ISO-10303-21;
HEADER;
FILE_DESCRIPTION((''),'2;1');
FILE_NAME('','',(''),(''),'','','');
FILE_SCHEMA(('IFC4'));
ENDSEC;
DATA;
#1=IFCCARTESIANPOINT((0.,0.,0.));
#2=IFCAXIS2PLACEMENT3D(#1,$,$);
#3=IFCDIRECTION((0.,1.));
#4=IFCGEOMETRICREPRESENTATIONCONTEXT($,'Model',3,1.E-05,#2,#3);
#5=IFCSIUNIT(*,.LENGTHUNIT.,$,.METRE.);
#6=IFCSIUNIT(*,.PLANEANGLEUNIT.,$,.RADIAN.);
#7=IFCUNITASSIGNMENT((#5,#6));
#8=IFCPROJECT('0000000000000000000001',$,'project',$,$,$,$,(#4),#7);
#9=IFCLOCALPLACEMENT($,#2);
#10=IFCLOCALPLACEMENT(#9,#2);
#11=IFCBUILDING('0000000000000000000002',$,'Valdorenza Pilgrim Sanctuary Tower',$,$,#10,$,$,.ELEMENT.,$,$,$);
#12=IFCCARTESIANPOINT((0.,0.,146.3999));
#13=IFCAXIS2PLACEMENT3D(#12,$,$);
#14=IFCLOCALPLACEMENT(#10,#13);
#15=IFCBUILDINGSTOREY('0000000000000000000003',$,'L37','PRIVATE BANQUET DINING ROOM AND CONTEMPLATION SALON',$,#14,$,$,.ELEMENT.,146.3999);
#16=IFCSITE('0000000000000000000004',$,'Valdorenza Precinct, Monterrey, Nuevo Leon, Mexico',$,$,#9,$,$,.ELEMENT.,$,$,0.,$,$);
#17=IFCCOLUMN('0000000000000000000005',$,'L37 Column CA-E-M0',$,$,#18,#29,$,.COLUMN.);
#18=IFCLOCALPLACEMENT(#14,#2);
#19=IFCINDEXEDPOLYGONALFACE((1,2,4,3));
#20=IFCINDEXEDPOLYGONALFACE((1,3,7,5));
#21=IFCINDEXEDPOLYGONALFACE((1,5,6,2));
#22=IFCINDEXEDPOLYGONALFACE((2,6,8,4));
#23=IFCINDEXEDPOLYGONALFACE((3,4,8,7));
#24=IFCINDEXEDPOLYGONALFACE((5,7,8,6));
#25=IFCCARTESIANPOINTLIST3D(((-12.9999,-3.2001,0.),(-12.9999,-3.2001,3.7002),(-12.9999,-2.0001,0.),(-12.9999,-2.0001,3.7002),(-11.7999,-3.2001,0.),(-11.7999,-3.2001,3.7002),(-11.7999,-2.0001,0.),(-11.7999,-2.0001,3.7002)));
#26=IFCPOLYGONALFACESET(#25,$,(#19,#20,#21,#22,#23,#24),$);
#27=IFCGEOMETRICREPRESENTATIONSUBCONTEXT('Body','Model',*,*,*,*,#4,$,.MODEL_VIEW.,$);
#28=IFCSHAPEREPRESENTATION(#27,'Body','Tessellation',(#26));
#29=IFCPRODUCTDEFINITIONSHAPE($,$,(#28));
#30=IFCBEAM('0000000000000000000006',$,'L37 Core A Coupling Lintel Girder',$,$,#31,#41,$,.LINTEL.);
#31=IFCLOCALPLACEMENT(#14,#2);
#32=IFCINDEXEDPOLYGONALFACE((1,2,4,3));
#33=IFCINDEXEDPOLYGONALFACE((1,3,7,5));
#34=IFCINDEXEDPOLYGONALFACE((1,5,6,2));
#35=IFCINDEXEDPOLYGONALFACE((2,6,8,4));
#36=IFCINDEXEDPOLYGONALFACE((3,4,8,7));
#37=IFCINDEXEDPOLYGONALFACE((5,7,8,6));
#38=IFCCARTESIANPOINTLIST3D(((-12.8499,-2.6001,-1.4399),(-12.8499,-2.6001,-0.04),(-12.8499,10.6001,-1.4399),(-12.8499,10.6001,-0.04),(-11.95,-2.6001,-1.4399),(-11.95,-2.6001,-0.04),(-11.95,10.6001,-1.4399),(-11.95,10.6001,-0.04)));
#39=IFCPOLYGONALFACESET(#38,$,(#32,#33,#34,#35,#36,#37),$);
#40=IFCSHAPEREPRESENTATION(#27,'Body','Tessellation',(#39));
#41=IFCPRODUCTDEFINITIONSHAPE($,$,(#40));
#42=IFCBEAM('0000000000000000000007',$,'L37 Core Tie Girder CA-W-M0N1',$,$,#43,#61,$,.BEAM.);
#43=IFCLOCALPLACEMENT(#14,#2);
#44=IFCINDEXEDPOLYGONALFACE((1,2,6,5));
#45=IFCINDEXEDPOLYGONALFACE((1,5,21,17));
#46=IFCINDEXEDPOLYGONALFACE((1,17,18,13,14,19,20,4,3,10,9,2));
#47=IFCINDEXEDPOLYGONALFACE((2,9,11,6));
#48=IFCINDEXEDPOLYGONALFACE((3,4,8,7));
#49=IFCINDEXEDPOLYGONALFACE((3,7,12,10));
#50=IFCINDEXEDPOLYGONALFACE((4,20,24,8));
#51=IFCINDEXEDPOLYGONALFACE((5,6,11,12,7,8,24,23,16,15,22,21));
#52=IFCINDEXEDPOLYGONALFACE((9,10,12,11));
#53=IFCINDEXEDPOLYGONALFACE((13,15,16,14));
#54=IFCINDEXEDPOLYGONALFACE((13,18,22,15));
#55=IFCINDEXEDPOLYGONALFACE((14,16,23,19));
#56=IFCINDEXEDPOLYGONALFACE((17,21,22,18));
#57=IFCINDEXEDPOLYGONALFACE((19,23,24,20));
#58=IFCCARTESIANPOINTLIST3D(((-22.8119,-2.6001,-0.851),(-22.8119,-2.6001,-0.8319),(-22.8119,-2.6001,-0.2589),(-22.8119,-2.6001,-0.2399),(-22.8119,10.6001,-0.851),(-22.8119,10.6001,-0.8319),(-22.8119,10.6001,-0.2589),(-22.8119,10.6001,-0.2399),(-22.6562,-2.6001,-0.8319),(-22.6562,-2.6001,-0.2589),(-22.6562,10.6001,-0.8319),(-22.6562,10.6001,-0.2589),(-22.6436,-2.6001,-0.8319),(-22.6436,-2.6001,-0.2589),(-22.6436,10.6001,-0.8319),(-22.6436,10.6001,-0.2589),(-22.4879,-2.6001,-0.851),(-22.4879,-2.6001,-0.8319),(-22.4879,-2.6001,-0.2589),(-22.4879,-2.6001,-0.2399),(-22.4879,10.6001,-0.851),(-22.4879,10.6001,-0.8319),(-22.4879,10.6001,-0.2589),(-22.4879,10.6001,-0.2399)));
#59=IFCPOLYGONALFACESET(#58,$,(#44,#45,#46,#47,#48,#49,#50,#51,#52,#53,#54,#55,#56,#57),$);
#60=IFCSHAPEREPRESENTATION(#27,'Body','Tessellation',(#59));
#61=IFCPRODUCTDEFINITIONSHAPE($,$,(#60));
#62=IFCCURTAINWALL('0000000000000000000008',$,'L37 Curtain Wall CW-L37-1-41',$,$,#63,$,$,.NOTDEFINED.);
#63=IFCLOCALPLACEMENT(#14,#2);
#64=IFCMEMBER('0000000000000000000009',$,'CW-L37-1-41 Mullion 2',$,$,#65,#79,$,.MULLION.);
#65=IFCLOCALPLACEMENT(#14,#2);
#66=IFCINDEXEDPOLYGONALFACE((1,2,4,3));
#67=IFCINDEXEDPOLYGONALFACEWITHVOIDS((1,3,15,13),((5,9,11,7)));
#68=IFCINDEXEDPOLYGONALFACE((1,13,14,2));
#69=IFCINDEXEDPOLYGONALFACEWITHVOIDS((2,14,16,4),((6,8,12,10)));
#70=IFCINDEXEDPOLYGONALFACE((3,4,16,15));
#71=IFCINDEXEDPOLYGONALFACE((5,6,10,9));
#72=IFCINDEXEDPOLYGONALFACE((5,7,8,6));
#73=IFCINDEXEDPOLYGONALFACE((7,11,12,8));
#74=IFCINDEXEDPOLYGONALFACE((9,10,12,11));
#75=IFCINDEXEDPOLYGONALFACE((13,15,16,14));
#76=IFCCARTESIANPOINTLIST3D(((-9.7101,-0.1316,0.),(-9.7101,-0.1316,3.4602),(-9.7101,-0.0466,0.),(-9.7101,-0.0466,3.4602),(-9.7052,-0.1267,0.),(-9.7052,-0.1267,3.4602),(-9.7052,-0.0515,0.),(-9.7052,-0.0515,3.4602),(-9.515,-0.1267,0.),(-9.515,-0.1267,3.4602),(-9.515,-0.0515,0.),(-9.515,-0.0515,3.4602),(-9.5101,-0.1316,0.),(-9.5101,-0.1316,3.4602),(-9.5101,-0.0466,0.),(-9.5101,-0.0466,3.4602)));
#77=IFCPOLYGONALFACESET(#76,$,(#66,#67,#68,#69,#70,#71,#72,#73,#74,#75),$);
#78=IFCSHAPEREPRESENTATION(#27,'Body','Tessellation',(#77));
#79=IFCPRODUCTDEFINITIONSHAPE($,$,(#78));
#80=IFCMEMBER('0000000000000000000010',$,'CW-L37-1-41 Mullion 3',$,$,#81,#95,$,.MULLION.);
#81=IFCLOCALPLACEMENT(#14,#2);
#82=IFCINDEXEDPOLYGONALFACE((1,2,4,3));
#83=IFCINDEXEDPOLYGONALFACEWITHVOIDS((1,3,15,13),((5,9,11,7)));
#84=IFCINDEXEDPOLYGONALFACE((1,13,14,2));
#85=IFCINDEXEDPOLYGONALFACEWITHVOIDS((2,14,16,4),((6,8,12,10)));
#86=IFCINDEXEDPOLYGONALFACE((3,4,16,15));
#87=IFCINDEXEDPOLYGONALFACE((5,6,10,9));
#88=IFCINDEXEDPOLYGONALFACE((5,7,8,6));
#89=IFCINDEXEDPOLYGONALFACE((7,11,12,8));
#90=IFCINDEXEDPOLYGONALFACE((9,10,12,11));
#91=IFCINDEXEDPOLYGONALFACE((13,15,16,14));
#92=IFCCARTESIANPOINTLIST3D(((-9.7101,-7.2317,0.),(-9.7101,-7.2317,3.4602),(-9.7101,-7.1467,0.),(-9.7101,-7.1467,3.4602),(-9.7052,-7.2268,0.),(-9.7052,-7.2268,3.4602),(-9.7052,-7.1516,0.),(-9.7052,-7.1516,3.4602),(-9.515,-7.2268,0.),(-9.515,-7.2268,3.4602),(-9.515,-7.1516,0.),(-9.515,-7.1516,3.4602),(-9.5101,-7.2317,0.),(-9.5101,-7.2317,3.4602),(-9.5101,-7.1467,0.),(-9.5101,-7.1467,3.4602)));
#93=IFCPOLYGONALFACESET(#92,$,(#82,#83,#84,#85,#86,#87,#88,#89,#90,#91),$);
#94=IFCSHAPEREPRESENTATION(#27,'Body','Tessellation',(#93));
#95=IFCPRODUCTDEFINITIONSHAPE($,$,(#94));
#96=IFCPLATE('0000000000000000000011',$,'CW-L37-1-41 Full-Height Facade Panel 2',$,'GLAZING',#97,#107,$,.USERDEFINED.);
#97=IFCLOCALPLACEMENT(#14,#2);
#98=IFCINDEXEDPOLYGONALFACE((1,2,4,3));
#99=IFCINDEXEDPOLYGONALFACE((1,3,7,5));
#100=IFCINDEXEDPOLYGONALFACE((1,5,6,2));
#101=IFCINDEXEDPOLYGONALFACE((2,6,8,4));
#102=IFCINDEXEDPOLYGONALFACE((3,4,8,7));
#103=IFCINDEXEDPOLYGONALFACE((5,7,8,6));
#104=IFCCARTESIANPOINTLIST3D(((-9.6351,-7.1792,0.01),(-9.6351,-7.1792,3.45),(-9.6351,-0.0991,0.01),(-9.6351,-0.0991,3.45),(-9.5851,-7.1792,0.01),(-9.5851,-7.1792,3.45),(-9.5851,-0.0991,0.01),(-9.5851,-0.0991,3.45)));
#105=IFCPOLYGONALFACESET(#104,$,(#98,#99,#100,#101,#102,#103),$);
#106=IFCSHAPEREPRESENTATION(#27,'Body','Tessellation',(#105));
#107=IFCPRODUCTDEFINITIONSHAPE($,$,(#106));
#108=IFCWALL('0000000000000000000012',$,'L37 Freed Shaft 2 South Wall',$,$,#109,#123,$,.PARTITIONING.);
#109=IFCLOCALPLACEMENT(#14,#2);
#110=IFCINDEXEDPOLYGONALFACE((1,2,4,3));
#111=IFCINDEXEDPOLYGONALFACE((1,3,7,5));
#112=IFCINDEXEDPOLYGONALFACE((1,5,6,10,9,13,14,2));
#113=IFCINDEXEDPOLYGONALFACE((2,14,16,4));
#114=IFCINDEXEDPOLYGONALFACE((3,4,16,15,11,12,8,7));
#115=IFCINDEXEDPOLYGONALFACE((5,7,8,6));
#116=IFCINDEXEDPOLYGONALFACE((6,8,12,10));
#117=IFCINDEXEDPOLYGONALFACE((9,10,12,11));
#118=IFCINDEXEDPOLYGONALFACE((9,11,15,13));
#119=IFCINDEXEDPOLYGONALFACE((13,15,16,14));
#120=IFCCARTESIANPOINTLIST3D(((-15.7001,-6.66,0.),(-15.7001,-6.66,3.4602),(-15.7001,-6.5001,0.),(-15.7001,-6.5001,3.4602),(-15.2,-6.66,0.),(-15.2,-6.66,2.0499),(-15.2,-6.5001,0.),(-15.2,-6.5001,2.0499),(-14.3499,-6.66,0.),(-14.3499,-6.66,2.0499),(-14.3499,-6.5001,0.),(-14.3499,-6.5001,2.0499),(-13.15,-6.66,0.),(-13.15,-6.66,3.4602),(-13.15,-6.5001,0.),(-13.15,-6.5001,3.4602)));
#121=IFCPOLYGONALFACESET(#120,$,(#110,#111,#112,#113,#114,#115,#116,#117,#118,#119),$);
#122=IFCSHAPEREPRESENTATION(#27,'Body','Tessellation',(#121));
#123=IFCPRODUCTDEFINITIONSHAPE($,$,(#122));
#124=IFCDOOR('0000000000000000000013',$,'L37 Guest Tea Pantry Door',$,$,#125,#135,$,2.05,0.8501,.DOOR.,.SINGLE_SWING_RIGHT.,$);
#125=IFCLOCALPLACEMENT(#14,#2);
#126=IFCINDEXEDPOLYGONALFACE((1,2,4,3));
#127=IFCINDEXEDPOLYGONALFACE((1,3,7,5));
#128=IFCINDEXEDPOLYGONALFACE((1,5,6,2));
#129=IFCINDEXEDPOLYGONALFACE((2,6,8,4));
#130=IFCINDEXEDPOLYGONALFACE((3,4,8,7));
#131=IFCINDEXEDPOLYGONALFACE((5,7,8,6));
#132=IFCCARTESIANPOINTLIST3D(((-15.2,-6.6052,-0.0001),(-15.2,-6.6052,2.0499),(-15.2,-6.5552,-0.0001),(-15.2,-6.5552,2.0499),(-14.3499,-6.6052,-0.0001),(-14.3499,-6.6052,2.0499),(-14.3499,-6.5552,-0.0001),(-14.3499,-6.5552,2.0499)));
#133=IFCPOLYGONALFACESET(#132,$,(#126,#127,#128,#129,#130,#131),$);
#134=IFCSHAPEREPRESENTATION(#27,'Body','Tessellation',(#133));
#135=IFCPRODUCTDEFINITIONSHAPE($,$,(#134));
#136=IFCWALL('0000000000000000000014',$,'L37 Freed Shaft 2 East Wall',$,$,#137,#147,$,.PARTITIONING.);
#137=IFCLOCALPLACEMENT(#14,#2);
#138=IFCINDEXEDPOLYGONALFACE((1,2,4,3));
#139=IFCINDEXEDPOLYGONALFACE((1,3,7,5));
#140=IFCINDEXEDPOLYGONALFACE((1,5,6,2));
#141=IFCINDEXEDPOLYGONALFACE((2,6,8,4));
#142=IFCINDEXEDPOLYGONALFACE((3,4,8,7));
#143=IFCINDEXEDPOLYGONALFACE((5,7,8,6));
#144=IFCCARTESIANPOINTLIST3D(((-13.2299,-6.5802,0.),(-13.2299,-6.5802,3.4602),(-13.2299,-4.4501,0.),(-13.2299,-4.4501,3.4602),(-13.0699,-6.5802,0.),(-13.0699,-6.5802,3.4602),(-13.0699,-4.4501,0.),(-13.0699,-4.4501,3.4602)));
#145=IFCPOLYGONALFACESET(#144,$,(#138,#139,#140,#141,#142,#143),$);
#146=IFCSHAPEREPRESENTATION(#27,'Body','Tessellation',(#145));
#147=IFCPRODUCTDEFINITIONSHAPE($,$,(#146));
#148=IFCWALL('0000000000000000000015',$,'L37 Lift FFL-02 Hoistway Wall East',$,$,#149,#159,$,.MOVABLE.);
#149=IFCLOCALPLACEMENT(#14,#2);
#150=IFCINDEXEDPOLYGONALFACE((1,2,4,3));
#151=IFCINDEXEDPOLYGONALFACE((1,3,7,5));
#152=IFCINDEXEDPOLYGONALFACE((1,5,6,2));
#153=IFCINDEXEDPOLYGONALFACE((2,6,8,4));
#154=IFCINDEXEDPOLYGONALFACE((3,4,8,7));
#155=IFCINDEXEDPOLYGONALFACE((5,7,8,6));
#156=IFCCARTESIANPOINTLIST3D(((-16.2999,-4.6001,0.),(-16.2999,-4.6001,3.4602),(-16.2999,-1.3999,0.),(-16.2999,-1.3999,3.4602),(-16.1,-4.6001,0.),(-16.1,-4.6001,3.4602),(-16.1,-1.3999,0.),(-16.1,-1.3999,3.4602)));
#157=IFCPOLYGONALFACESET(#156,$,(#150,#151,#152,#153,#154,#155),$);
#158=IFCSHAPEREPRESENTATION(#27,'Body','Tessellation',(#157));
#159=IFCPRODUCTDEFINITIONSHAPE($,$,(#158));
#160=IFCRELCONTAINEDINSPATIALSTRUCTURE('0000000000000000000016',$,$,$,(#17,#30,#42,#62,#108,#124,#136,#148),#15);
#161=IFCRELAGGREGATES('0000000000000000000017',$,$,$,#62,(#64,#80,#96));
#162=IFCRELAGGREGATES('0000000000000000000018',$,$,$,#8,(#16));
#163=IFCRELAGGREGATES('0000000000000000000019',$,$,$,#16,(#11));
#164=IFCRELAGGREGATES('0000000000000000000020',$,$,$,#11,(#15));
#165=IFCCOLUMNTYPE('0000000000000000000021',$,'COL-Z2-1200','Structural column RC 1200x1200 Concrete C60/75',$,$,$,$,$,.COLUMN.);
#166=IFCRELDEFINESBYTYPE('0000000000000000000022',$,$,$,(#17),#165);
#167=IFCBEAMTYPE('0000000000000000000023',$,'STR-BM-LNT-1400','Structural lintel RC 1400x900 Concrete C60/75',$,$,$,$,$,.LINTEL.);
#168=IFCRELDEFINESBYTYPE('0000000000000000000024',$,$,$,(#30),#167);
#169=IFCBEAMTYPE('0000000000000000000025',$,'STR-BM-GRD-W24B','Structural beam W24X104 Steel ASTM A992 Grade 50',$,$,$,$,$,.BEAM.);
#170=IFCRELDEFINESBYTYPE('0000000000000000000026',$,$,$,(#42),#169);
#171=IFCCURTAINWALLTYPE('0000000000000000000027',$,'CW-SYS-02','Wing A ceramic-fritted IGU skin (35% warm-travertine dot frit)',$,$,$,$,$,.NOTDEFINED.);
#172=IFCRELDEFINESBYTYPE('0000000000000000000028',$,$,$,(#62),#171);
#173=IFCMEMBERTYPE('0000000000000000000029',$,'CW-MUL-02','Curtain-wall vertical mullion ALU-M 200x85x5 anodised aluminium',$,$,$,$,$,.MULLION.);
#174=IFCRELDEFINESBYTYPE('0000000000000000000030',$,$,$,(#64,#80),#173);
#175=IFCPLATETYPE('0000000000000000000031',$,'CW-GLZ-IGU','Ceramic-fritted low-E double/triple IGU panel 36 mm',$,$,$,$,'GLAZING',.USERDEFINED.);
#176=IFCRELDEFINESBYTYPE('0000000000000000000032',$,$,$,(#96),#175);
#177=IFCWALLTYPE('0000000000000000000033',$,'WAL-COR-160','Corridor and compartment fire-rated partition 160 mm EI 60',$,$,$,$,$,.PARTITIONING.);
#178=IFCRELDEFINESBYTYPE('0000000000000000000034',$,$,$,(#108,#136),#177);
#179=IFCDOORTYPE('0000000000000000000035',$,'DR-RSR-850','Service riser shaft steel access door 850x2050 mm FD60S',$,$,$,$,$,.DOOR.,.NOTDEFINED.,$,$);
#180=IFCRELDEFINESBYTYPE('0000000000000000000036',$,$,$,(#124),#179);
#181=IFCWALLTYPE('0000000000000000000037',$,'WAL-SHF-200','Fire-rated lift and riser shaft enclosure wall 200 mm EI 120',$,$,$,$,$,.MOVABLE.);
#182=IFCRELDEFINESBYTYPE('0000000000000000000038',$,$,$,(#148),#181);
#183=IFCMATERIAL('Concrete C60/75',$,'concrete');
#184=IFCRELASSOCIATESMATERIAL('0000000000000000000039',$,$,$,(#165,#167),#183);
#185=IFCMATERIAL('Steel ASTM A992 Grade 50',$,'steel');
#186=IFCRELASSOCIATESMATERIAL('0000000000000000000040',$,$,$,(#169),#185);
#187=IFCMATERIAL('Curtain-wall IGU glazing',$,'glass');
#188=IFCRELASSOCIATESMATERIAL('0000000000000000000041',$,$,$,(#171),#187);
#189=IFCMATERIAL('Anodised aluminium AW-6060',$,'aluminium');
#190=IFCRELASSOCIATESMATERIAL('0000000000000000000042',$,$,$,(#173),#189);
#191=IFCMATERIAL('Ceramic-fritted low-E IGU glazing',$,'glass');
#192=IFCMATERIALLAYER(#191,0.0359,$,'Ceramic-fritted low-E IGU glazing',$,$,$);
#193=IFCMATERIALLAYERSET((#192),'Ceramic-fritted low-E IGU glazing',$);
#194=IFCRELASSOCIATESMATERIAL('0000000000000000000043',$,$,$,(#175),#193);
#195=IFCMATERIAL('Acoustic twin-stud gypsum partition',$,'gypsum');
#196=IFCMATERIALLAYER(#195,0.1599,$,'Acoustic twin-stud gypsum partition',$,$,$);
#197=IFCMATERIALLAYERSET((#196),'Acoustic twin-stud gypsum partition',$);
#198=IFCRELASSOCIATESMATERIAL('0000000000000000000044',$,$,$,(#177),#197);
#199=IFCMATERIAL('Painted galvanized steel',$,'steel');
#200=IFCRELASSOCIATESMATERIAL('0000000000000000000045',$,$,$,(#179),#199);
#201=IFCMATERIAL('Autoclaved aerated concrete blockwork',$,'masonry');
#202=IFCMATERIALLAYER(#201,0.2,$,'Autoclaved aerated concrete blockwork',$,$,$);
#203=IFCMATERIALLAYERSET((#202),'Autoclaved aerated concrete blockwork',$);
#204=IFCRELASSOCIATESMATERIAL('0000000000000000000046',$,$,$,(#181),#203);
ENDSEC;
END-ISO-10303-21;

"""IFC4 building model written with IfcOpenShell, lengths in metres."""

from ifc_helpers import new_model, si_unit, direction, frame, frame_2d, origin, origin_2d, place, context, subcontext, project, spatial, rectangle, hollow_rectangle, i_section, extrude, source, transform, mapped, material, layer, layer_set, material_profile, profile_set, type_object, element, fill, aggregate, save


model = new_model("IFC4")

# Units and contexts
model_context = context("Model", 3, precision=1e-05, world=origin(), true_north=direction((0.0, 1.0)))
body_context = subcontext(model_context, "Body", "Model", "MODEL_VIEW")
ifc_project = project(units=[si_unit("LENGTHUNIT", "METRE"), si_unit("PLANEANGLEUNIT", "RADIAN")], contexts=[model_context])

# Site, building, storey
site_placement = place(None, origin())
site = spatial("IfcSite", under=ifc_project, at=site_placement, Name="Valdorenza Precinct, Monterrey, Nuevo Leon, Mexico", CompositionType="ELEMENT", RefElevation=0.0)
building_placement = place(site_placement, origin())
building = spatial("IfcBuilding", under=site, at=building_placement, Name="Valdorenza Pilgrim Sanctuary Tower", CompositionType="ELEMENT")
storey_placement = place(building_placement, frame((0.0, 0.0, 146.3999)))
storey = spatial("IfcBuildingStorey", under=building, at=storey_placement, Name="L37", Description="PRIVATE BANQUET DINING ROOM AND CONTEMPLATION SALON", CompositionType="ELEMENT", Elevation=146.3999)

# Column
ifc_material_1 = material(Name="Concrete C60/75", Category="concrete")
ifc_material_profile_1 = material_profile(ifc_material_1, rectangle(XDim=1.2, YDim=1.2, at=origin_2d()), Name="RC 1200x1200")
ifc_profile_set_1 = profile_set([ifc_material_profile_1], Name="Concrete C60/75")
column_type = type_object("IfcColumnType", Name="COL-Z2-1200", Description="Structural column RC 1200x1200 Concrete C60/75", PredefinedType="COLUMN", material=ifc_profile_set_1)
shared_shape_1 = source(origin(), body_context, "Body", "SweptSolid", [
    extrude(rectangle(XDim=1.2, YDim=1.2, at=origin_2d()), origin(), (0.0, 0.0, 1.0), 3.7002),
])
column_placement = place(storey_placement, frame((-12.3999, -2.6001, 0.0), z_axis=(0.0, 0.0, 1.0), x_axis=(1.0, 0.0, 0.0)))
element("IfcColumn", 1, at=column_placement, inside=storey, type_object=column_type, Name="L37 Column CA-E-M0", PredefinedType="COLUMN", context=body_context, shape_type="MappedRepresentation", body=[
    mapped(shared_shape_1, transform((0.0, 0.0, 0.0), x_axis=(1.0, 0.0, 0.0), y_axis=(0.0, 1.0, 0.0), z_axis=(0.0, 0.0, 1.0), scale=1.0)),
])

# Beams
ifc_material_profile_2 = material_profile(ifc_material_1, rectangle(XDim=0.8999, YDim=1.3999, at=origin_2d()), Name="RC 1400x900")
ifc_profile_set_2 = profile_set([ifc_material_profile_2], Name="Concrete C60/75")
beam_type_1 = type_object("IfcBeamType", Name="STR-BM-LNT-1400", Description="Structural lintel RC 1400x900 Concrete C60/75", PredefinedType="LINTEL", material=ifc_profile_set_2)
shared_shape_2 = source(origin(), body_context, "Body", "SweptSolid", [
    extrude(rectangle(XDim=0.8999, YDim=1.3999, at=origin_2d()), origin(), (0.0, 0.0, 1.0), 13.2002),
])
beam_1_placement = place(storey_placement, frame((-12.3999, -2.6001, -0.74), z_axis=(0.0, 1.0, 0.0), x_axis=(-1.0, 0.0, 0.0)))
element("IfcBeam", 2, at=beam_1_placement, inside=storey, type_object=beam_type_1, Name="L37 Core A Coupling Lintel Girder", PredefinedType="LINTEL", context=body_context, shape_type="MappedRepresentation", body=[
    mapped(shared_shape_2, transform((0.0, 0.0, 0.0), x_axis=(1.0, 0.0, 0.0), y_axis=(0.0, 1.0, 0.0), z_axis=(0.0, 0.0, 1.0), scale=1.0)),
])
ifc_material_2 = material(Name="Steel ASTM A992 Grade 50", Category="steel")
ifc_material_profile_3 = material_profile(ifc_material_2, i_section(OverallWidth=0.324, OverallDepth=0.6111, WebThickness=0.0127, FlangeThickness=0.019, at=origin_2d()), Name="W24X104")
ifc_profile_set_3 = profile_set([ifc_material_profile_3], Name="Steel ASTM A992 Grade 50")
beam_type_2 = type_object("IfcBeamType", Name="STR-BM-GRD-W24B", Description="Structural beam W24X104 Steel ASTM A992 Grade 50", PredefinedType="BEAM", material=ifc_profile_set_3)
shared_shape_3 = source(origin(), body_context, "Body", "SweptSolid", [
    extrude(i_section(OverallWidth=0.324, OverallDepth=0.6111, WebThickness=0.0127, FlangeThickness=0.019, at=origin_2d()), origin(), (0.0, 0.0, 1.0), 13.2002),
])
beam_2_placement = place(storey_placement, frame((-22.6499, -2.6001, -0.5454), z_axis=(0.0, 1.0, 0.0), x_axis=(-1.0, 0.0, 0.0)))
element("IfcBeam", 3, at=beam_2_placement, inside=storey, type_object=beam_type_2, Name="L37 Core Tie Girder CA-W-M0N1", PredefinedType="BEAM", context=body_context, shape_type="MappedRepresentation", body=[
    mapped(shared_shape_3, transform((0.0, 0.0, 0.0), x_axis=(1.0, 0.0, 0.0), y_axis=(0.0, 1.0, 0.0), z_axis=(0.0, 0.0, 1.0), scale=1.0)),
])

# Curtain wall, members, plate
ifc_material_3 = material(Name="Curtain-wall IGU glazing", Category="glass")
curtain_wall_type = type_object("IfcCurtainWallType", Name="CW-SYS-02", Description="Wing A ceramic-fritted IGU skin (35% warm-travertine dot frit)", PredefinedType="NOTDEFINED", material=ifc_material_3)
curtain_wall_placement = place(storey_placement, origin())
curtain_wall = element("IfcCurtainWall", 4, at=curtain_wall_placement, inside=storey, type_object=curtain_wall_type, Name="L37 Curtain Wall CW-L37-1-41", PredefinedType="NOTDEFINED")
ifc_material_4 = material(Name="Anodised aluminium AW-6060", Category="aluminium")
ifc_material_profile_4 = material_profile(ifc_material_4, hollow_rectangle(XDim=0.085, YDim=0.2, WallThickness=0.0049, at=origin_2d()), Name="ALU-M 200x85x5")
ifc_profile_set_4 = profile_set([ifc_material_profile_4], Name="Anodised aluminium AW-6060")
member_type = type_object("IfcMemberType", Name="CW-MUL-02", Description="Curtain-wall vertical mullion ALU-M 200x85x5 anodised aluminium", PredefinedType="MULLION", material=ifc_profile_set_4)
shared_shape_4 = source(origin(), body_context, "Body", "SweptSolid", [
    extrude(hollow_rectangle(XDim=0.085, YDim=0.2, WallThickness=0.0049, at=origin_2d()), origin(), (0.0, 0.0, 1.0), 3.4602),
])
member_1_placement = place(storey_placement, frame((-9.6101, -0.0891, 0.0), z_axis=(0.0, 0.0, 1.0), x_axis=(0.0, -1.0, 0.0)))
member_1 = element("IfcMember", 5, at=member_1_placement, type_object=member_type, Name="CW-L37-1-41 Mullion 2", PredefinedType="MULLION", context=body_context, shape_type="MappedRepresentation", body=[
    mapped(shared_shape_4, transform((0.0, 0.0, 0.0), x_axis=(1.0, 0.0, 0.0), y_axis=(0.0, 1.0, 0.0), z_axis=(0.0, 0.0, 1.0), scale=1.0)),
])
member_2_placement = place(storey_placement, frame((-9.6101, -7.1892, 0.0), z_axis=(0.0, 0.0, 1.0), x_axis=(0.0, -1.0, 0.0)))
member_2 = element("IfcMember", 6, at=member_2_placement, type_object=member_type, Name="CW-L37-1-41 Mullion 3", PredefinedType="MULLION", context=body_context, shape_type="MappedRepresentation", body=[
    mapped(shared_shape_4, transform((0.0, 0.0, 0.0), x_axis=(1.0, 0.0, 0.0), y_axis=(0.0, 1.0, 0.0), z_axis=(0.0, 0.0, 1.0), scale=1.0)),
])
ifc_material_5 = material(Name="Ceramic-fritted low-E IGU glazing", Category="glass")
ifc_layer_1 = layer(ifc_material_5, 0.0359, Name="Ceramic-fritted low-E IGU glazing")
ifc_layer_set_1 = layer_set([ifc_layer_1], Name="Ceramic-fritted low-E IGU glazing")
plate_type = type_object("IfcPlateType", Name="CW-GLZ-IGU", Description="Ceramic-fritted low-E double/triple IGU panel 36 mm", ElementType="GLAZING", PredefinedType="USERDEFINED", material=ifc_layer_set_1)
shared_shape_5 = source(origin(), body_context, "Body", "SweptSolid", [
    extrude(rectangle(XDim=7.0801, YDim=0.05, at=origin_2d()), origin(), (0.0, 0.0, 1.0), 3.4399),
])
plate_placement = place(storey_placement, frame((-9.6101, -3.6392, 0.01), z_axis=(0.0, 0.0, 1.0), x_axis=(0.0, -1.0, 0.0)))
plate = element("IfcPlate", 7, at=plate_placement, type_object=plate_type, Name="CW-L37-1-41 Full-Height Facade Panel 2", ObjectType="GLAZING", PredefinedType="USERDEFINED", context=body_context, shape_type="MappedRepresentation", body=[
    mapped(shared_shape_5, transform((0.0, 0.0, 0.0), x_axis=(1.0, 0.0, 0.0), y_axis=(0.0, 1.0, 0.0), z_axis=(0.0, 0.0, 1.0), scale=1.0)),
])
aggregate(curtain_wall, [member_1, member_2, plate])

# Wall, opening, door
ifc_material_6 = material(Name="Acoustic twin-stud gypsum partition", Category="gypsum")
ifc_layer_2 = layer(ifc_material_6, 0.1599, Name="Acoustic twin-stud gypsum partition")
ifc_layer_set_2 = layer_set([ifc_layer_2], Name="Acoustic twin-stud gypsum partition")
wall_type_1 = type_object("IfcWallType", Name="WAL-COR-160", Description="Corridor and compartment fire-rated partition 160 mm EI 60", PredefinedType="PARTITIONING", material=ifc_layer_set_2)
wall_1_placement = place(storey_placement, frame((-15.7, -6.5801, 0.0), z_axis=(0.0, 0.0, 1.0), x_axis=(1.0, 0.0, 0.0)))
wall_1 = element("IfcWall", 8, at=wall_1_placement, inside=storey, type_object=wall_type_1, Name="L37 Freed Shaft 2 South Wall", PredefinedType="PARTITIONING", context=body_context, shape_type="SweptSolid", body=[
    extrude(rectangle(XDim=2.55, YDim=0.1599, at=frame_2d((1.2749, 0.0))), origin(), (0.0, 0.0, 1.0), 3.4602),
])
opening_1_placement = place(wall_1_placement, frame((0.5, 0.0, 0.0)))
opening_1 = element("IfcOpeningElement", 9, at=opening_1_placement, cuts=wall_1, PredefinedType="OPENING", context=body_context, shape_type="SweptSolid", body=[
    extrude(rectangle(XDim=0.8501, YDim=2.05, at=frame_2d((0.425, 1.0249))), frame((0.0, 0.0947, 0.0), z_axis=(0.0, -1.0, 0.0), x_axis=(1.0, 0.0, 0.0)), (0.0, 0.0, 1.0), 0.1897),
])
ifc_material_7 = material(Name="Painted galvanized steel", Category="steel")
door_type_1 = type_object("IfcDoorType", Name="DR-RSR-850", Description="Service riser shaft steel access door 850x2050 mm FD60S", OperationType="NOTDEFINED", PredefinedType="DOOR", material=ifc_material_7)
door_1_placement = place(opening_1_placement, origin())
door_1 = element("IfcDoor", 10, at=door_1_placement, inside=storey, type_object=door_type_1, Name="L37 Guest Tea Pantry Door", OperationType="SINGLE_SWING_RIGHT", OverallHeight=2.05, OverallWidth=0.8501, PredefinedType="DOOR", context=body_context, shape_type="SweptSolid", body=[
    extrude(rectangle(XDim=0.8501, YDim=2.05, at=frame_2d((0.425, 1.0249))), frame((0.0, 0.0249, 0.0), z_axis=(0.0, -1.0, 0.0), x_axis=(1.0, 0.0, 0.0)), (0.0, 0.0, 1.0), 0.05),
])
fill(opening_1, door_1)

# Wall
wall_2_placement = place(storey_placement, frame((-13.1499, -6.5801, 0.0), z_axis=(0.0, 0.0, 1.0), x_axis=(0.0, 1.0, 0.0)))
element("IfcWall", 11, at=wall_2_placement, inside=storey, type_object=wall_type_1, Name="L37 Freed Shaft 2 East Wall", PredefinedType="PARTITIONING", context=body_context, shape_type="SweptSolid", body=[
    extrude(rectangle(XDim=2.1301, YDim=0.1599, at=frame_2d((1.0649, 0.0))), origin(), (0.0, 0.0, 1.0), 3.4602),
])

# Wall
ifc_material_8 = material(Name="Autoclaved aerated concrete blockwork", Category="masonry")
ifc_layer_3 = layer(ifc_material_8, 0.2, Name="Autoclaved aerated concrete blockwork")
ifc_layer_set_3 = layer_set([ifc_layer_3], Name="Autoclaved aerated concrete blockwork")
wall_type_2 = type_object("IfcWallType", Name="WAL-SHF-200", Description="Fire-rated lift and riser shaft enclosure wall 200 mm EI 120", PredefinedType="MOVABLE", material=ifc_layer_set_3)
wall_3_placement = place(storey_placement, frame((-16.2, -4.6001, 0.0), z_axis=(0.0, 0.0, 1.0), x_axis=(0.0, 1.0, 0.0)))
element("IfcWall", 12, at=wall_3_placement, inside=storey, type_object=wall_type_2, Name="L37 Lift FFL-02 Hoistway Wall East", PredefinedType="MOVABLE", context=body_context, shape_type="SweptSolid", body=[
    extrude(rectangle(XDim=3.2002, YDim=0.2, at=frame_2d((1.6001, 0.0))), origin(), (0.0, 0.0, 1.0), 3.4602),
])

save(model, "model.ifc")
